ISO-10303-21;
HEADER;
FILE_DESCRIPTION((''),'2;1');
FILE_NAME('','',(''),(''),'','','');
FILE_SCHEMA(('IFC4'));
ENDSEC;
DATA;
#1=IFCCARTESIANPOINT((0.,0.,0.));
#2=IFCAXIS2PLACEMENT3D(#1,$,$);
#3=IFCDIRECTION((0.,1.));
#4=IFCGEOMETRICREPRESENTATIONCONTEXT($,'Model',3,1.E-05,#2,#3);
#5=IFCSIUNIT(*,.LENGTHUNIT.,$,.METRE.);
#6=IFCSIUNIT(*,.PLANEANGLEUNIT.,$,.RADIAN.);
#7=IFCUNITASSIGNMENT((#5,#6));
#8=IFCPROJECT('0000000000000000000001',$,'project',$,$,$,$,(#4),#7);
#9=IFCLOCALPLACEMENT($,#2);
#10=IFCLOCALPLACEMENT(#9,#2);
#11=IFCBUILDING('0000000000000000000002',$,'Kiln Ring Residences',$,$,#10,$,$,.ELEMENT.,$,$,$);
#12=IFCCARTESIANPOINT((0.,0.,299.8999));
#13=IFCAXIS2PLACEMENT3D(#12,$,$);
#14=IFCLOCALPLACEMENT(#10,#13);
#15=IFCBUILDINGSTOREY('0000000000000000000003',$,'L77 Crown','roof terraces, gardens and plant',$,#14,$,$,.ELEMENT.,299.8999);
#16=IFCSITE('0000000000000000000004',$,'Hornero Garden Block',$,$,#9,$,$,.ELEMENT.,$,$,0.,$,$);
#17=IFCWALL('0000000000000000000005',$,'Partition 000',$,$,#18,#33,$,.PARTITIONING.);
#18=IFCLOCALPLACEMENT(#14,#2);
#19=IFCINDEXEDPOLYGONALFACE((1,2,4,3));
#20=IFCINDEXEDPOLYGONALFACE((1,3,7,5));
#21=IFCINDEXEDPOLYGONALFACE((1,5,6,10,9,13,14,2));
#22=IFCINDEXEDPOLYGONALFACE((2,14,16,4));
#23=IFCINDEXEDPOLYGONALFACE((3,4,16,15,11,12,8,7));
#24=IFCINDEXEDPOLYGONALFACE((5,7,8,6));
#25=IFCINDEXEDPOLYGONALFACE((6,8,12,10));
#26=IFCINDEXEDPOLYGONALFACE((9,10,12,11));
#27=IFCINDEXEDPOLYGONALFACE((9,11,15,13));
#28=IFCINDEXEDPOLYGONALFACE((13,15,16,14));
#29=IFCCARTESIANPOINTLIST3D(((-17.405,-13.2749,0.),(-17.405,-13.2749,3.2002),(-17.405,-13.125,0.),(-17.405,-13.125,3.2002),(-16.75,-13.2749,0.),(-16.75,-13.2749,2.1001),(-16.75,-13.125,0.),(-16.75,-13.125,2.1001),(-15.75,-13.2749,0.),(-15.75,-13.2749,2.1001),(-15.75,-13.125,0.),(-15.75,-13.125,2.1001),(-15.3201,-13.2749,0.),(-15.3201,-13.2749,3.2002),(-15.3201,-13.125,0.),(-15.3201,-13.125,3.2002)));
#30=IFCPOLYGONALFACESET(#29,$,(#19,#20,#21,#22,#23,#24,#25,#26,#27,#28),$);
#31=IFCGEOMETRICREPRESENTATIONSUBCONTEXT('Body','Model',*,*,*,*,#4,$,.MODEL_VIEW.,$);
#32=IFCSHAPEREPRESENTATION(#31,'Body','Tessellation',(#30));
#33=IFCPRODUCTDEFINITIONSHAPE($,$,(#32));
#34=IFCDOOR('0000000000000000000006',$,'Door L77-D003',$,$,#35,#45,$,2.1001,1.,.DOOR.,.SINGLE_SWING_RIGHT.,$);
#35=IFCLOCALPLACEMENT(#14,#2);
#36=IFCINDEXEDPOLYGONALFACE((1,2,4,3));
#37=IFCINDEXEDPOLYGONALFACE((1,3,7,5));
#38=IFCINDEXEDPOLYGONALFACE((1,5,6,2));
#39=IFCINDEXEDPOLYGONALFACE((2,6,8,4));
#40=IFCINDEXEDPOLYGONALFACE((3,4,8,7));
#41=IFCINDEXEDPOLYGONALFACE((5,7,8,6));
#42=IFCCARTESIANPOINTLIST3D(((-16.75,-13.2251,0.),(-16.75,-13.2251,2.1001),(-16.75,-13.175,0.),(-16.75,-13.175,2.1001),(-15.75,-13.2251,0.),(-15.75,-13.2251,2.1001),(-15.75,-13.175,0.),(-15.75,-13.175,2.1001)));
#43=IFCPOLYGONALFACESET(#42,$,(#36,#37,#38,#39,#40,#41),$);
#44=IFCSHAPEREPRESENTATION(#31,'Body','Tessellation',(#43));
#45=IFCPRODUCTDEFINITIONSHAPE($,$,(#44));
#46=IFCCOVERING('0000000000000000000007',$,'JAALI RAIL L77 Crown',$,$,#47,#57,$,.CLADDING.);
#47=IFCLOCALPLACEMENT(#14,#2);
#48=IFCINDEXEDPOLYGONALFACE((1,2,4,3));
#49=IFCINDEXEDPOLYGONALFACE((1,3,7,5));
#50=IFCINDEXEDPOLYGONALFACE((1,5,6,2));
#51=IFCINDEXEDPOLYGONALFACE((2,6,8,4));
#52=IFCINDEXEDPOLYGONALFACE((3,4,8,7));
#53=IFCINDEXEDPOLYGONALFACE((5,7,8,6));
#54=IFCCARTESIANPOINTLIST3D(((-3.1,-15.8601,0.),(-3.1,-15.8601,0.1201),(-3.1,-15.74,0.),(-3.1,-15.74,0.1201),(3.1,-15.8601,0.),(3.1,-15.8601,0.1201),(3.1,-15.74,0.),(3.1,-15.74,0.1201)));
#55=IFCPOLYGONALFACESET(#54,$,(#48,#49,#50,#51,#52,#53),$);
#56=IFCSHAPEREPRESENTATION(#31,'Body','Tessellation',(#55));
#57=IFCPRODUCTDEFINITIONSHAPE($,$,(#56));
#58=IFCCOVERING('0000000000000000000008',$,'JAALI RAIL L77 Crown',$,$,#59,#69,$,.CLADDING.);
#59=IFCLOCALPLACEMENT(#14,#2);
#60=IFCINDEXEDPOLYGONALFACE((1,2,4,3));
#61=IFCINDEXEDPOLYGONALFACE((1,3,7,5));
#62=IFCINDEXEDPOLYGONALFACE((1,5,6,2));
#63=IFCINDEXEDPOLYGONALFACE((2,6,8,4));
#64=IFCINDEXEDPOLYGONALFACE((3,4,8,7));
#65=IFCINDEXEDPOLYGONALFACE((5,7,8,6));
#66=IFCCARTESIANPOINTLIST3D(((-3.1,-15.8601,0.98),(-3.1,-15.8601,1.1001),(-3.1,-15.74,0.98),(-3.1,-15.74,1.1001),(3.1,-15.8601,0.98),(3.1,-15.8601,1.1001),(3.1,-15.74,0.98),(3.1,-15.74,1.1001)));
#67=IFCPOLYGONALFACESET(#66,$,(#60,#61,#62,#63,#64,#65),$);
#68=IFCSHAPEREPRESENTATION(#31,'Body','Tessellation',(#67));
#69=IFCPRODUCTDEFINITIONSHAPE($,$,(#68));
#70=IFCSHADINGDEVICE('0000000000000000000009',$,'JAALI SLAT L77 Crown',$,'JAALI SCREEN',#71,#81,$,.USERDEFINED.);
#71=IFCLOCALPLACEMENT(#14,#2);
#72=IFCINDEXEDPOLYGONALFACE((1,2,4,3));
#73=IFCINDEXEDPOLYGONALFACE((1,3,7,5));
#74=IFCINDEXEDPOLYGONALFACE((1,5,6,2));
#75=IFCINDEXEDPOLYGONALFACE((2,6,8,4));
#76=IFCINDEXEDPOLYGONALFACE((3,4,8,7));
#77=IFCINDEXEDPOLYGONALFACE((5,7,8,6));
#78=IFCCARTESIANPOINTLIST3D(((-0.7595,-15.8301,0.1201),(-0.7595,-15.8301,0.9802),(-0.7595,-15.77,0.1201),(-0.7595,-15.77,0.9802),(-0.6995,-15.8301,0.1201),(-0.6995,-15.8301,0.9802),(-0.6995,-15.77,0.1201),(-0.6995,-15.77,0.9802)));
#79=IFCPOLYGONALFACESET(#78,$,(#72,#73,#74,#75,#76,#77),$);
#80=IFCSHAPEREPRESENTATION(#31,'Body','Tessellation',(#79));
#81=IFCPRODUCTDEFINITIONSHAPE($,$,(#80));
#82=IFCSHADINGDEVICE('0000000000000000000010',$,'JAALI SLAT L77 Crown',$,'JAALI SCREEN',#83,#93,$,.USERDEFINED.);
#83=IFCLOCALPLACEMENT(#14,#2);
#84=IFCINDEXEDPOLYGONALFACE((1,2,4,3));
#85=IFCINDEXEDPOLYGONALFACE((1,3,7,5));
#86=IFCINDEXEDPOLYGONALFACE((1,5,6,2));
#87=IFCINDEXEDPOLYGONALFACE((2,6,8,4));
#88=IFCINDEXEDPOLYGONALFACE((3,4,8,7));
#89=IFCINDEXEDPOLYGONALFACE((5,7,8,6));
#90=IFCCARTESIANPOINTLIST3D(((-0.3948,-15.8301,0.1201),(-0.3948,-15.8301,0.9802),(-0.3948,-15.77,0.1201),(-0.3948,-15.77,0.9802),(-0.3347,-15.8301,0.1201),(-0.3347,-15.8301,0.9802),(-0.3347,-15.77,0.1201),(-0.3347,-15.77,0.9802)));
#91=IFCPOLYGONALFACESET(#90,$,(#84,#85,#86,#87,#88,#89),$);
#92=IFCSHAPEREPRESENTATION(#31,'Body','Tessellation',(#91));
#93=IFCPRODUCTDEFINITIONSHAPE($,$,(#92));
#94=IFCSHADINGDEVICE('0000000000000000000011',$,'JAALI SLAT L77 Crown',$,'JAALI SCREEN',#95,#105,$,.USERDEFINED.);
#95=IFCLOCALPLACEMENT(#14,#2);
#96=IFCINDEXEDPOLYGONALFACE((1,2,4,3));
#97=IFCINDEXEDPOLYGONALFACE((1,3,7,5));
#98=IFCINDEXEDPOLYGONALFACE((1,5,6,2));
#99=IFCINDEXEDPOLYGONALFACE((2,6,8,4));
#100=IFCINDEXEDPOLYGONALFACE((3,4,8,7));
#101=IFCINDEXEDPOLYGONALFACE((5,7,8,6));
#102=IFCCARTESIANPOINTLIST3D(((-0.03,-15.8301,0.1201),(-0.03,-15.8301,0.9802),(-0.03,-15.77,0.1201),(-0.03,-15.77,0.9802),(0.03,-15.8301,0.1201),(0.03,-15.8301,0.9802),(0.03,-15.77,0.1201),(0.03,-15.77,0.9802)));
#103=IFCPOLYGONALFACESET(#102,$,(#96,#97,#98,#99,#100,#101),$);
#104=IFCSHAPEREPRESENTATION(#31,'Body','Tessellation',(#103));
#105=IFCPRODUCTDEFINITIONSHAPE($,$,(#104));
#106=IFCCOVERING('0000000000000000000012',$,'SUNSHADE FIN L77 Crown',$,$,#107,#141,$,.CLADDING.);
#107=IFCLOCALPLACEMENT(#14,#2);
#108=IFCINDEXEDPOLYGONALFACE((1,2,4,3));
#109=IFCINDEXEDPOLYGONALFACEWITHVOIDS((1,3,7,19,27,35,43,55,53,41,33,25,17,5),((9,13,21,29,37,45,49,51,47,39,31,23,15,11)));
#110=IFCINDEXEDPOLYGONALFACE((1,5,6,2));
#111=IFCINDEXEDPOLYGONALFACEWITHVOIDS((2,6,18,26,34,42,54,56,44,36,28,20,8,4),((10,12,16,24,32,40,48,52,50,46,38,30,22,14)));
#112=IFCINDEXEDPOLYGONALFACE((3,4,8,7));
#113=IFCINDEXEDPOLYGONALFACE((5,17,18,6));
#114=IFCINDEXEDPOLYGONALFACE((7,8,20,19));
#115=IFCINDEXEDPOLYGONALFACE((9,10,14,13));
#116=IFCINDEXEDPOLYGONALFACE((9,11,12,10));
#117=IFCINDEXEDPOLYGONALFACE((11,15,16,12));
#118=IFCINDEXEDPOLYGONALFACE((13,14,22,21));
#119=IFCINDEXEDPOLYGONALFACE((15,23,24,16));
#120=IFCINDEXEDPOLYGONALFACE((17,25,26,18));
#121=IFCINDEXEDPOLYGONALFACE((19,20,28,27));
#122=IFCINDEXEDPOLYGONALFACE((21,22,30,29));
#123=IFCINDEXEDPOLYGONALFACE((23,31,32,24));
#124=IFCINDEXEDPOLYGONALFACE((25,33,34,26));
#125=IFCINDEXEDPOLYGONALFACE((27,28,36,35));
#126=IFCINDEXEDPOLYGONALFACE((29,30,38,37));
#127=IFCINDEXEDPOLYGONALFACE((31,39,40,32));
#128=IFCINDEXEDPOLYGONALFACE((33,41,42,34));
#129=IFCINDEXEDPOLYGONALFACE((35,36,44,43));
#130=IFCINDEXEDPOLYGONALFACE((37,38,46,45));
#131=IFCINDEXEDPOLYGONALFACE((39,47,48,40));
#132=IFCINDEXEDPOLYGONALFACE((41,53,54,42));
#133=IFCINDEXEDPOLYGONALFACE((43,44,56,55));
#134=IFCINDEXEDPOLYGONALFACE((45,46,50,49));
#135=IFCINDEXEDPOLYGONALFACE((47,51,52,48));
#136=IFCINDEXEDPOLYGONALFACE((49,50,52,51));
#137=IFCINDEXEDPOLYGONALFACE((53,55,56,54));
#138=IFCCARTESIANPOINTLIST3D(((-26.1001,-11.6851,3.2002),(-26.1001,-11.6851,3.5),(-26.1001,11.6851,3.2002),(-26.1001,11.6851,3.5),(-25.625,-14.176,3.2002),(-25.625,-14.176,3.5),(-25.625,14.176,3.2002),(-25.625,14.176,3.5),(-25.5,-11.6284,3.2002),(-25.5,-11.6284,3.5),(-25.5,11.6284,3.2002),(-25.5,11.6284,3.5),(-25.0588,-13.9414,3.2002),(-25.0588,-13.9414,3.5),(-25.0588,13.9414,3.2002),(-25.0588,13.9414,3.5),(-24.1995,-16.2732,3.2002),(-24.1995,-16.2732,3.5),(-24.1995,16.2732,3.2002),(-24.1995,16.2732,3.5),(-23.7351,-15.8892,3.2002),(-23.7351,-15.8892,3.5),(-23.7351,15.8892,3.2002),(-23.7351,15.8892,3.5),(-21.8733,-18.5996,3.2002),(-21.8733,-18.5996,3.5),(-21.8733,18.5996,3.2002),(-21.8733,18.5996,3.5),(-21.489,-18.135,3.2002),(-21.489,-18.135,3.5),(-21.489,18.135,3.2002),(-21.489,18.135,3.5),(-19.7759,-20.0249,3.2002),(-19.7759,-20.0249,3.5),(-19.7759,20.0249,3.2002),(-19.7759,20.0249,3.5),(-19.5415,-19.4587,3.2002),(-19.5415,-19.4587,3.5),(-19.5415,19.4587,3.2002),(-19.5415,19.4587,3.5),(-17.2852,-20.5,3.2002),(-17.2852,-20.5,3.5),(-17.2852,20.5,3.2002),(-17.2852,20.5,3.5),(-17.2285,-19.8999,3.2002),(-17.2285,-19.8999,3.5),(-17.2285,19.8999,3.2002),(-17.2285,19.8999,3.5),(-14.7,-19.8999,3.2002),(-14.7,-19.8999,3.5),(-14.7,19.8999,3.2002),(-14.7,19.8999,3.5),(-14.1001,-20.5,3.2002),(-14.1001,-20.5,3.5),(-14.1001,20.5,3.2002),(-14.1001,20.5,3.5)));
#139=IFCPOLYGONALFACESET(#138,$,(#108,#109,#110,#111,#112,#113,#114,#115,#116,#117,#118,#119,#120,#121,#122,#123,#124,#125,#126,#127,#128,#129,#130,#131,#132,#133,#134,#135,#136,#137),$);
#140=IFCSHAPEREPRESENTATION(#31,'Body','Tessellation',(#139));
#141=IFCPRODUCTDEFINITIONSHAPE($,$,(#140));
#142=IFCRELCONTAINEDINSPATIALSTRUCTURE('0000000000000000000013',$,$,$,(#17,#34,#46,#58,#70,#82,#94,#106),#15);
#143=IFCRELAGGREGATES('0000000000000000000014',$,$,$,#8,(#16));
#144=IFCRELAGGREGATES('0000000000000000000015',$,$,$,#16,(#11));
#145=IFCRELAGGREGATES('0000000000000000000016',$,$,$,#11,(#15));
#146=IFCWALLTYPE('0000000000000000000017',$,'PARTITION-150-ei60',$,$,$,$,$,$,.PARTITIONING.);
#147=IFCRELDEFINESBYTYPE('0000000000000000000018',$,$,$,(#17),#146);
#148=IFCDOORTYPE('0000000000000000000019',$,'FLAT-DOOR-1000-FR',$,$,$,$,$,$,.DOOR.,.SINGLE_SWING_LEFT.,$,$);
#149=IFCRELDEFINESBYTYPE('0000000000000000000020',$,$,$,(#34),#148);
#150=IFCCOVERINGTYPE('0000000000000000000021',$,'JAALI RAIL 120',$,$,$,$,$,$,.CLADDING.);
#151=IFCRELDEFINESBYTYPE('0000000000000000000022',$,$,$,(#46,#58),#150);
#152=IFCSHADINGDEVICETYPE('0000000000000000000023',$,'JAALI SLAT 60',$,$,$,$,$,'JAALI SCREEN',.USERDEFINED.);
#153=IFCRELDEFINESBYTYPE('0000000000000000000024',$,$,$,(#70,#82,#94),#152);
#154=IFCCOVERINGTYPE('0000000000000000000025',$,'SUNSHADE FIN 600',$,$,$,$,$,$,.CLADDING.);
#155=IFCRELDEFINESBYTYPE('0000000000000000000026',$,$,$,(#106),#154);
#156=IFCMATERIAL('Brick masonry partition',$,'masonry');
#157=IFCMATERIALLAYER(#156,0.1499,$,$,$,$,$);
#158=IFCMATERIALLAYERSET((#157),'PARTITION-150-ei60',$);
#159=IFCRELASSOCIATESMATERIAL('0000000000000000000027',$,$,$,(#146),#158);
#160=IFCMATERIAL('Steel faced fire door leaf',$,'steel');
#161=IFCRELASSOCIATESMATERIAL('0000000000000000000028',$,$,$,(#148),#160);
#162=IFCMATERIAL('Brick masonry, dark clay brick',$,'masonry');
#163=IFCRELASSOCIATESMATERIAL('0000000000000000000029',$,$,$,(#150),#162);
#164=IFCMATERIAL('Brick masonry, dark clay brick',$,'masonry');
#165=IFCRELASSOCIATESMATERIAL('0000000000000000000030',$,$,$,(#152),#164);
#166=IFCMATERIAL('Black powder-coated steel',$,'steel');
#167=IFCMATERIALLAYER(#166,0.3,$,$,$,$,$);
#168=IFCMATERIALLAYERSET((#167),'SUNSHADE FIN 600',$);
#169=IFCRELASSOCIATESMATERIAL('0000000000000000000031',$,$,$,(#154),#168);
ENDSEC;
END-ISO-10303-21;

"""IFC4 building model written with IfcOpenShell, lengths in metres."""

from ifc_helpers import new_model, si_unit, direction, frame, frame_2d, origin, origin_2d, place, context, subcontext, project, spatial, polyline, rectangle, outline, extrude, material, layer, layer_set, type_object, element, fill, save


model = new_model("IFC4")

# Units and contexts
model_context = context("Model", 3, precision=1e-05, world=origin(), true_north=direction((0.0, 1.0)))
body_context = subcontext(model_context, "Body", "Model", "MODEL_VIEW")
ifc_project = project(units=[si_unit("LENGTHUNIT", "METRE"), si_unit("PLANEANGLEUNIT", "RADIAN")], contexts=[model_context])

# Site, building, storey
site_placement = place(None, origin())
site = spatial("IfcSite", under=ifc_project, at=site_placement, Name="Hornero Garden Block", CompositionType="ELEMENT", RefElevation=0.0)
building_placement = place(site_placement, origin())
building = spatial("IfcBuilding", under=site, at=building_placement, Name="Kiln Ring Residences", CompositionType="ELEMENT")
storey_placement = place(building_placement, frame((0.0, 0.0, 299.8999)))
storey = spatial("IfcBuildingStorey", under=building, at=storey_placement, Name="L77 Crown", Description="roof terraces, gardens and plant", CompositionType="ELEMENT", Elevation=299.8999)

# Wall, opening, door
ifc_material_1 = material(Name="Brick masonry partition", Category="masonry")
ifc_layer_1 = layer(ifc_material_1, 0.1499)
ifc_layer_set_1 = layer_set([ifc_layer_1], Name="PARTITION-150-ei60")
wall_type_1 = type_object("IfcWallType", Name="PARTITION-150-ei60", PredefinedType="PARTITIONING", material=ifc_layer_set_1)
wall_1_placement = place(storey_placement, frame((-17.405, -13.2, 0.0), z_axis=(0.0, 0.0, 1.0), x_axis=(1.0, 0.0, 0.0)))
wall_1 = element("IfcWall", 1, at=wall_1_placement, inside=storey, type_object=wall_type_1, Name="Partition 000", PredefinedType="PARTITIONING", context=body_context, shape_type="SweptSolid", body=[
    extrude(rectangle(XDim=2.085, YDim=0.1499, at=frame_2d((1.0425, 0.0))), origin(), (0.0, 0.0, 1.0), 3.2002),
])
opening_1_placement = place(wall_1_placement, frame((0.655, 0.0, 0.0)))
opening_1 = element("IfcOpeningElement", 2, at=opening_1_placement, cuts=wall_1, PredefinedType="OPENING", context=body_context, shape_type="SweptSolid", body=[
    extrude(rectangle(XDim=1.0, YDim=2.1001, at=frame_2d((0.5, 1.05))), frame((0.0, 0.085, 0.0), z_axis=(0.0, -1.0, 0.0), x_axis=(1.0, 0.0, 0.0)), (0.0, 0.0, 1.0), 0.1699),
])
ifc_material_2 = material(Name="Steel faced fire door leaf", Category="steel")
door_type_1 = type_object("IfcDoorType", Name="FLAT-DOOR-1000-FR", OperationType="SINGLE_SWING_LEFT", PredefinedType="DOOR", material=ifc_material_2)
door_1_placement = place(opening_1_placement, origin())
door_1 = element("IfcDoor", 3, at=door_1_placement, inside=storey, type_object=door_type_1, Name="Door L77-D003", OperationType="SINGLE_SWING_RIGHT", OverallHeight=2.1001, OverallWidth=1.0, PredefinedType="DOOR", context=body_context, shape_type="SweptSolid", body=[
    extrude(rectangle(XDim=1.0, YDim=2.1001, at=frame_2d((0.5, 1.05))), frame((0.0, 0.0249, 0.0), z_axis=(0.0, -1.0, 0.0), x_axis=(1.0, 0.0, 0.0)), (0.0, 0.0, 1.0), 0.05),
])
fill(opening_1, door_1)

# Coverings
ifc_material_3 = material(Name="Brick masonry, dark clay brick", Category="masonry")
covering_type_1 = type_object("IfcCoveringType", Name="JAALI RAIL 120", PredefinedType="CLADDING", material=ifc_material_3)
for number, where, z_axis, x_axis, name in (
    (4, (0.0, -15.8, 0.0), (0.0, 0.0, 1.0), (1.0, 0.0, 0.0), "JAALI RAIL L77 Crown"),
    (5, (0.0, -15.8, 0.98), (0.0, 0.0, 1.0), (1.0, 0.0, 0.0), "JAALI RAIL L77 Crown"),
):
    element("IfcCovering", number, at=place(storey_placement, frame(where, z_axis=z_axis, x_axis=x_axis)), inside=storey, type_object=covering_type_1, Name=name, PredefinedType="CLADDING", context=body_context, shape_type="SweptSolid", body=[
        extrude(rectangle(XDim=6.2, YDim=0.1201, at=origin_2d()), origin(), (0.0, 0.0, 1.0), 0.1201),
    ])

# Shading devices
ifc_material_4 = material(Name="Brick masonry, dark clay brick", Category="masonry")
shading_device_type = type_object("IfcShadingDeviceType", Name="JAALI SLAT 60", ElementType="JAALI SCREEN", PredefinedType="USERDEFINED", material=ifc_material_4)
for number, where, z_axis, x_axis, name in (
    (6, (-0.7295, -15.8, 0.1201), (0.0, 0.0, 1.0), (1.0, 0.0, 0.0), "JAALI SLAT L77 Crown"),
    (7, (-0.3647, -15.8, 0.1201), (0.0, 0.0, 1.0), (1.0, 0.0, 0.0), "JAALI SLAT L77 Crown"),
    (8, (0.0, -15.8, 0.1201), (0.0, 0.0, 1.0), (1.0, 0.0, 0.0), "JAALI SLAT L77 Crown"),
):
    element("IfcShadingDevice", number, at=place(storey_placement, frame(where, z_axis=z_axis, x_axis=x_axis)), inside=storey, type_object=shading_device_type, Name=name, ObjectType="JAALI SCREEN", PredefinedType="USERDEFINED", context=body_context, shape_type="SweptSolid", body=[
        extrude(rectangle(XDim=0.0601, YDim=0.0601, at=origin_2d()), origin(), (0.0, 0.0, 1.0), 0.8601),
    ])

# Covering
ifc_material_5 = material(Name="Black powder-coated steel", Category="steel")
ifc_layer_2 = layer(ifc_material_5, 0.3)
ifc_layer_set_2 = layer_set([ifc_layer_2], Name="SUNSHADE FIN 600")
covering_type_2 = type_object("IfcCoveringType", Name="SUNSHADE FIN 600", PredefinedType="CLADDING", material=ifc_layer_set_2)
covering_placement = place(storey_placement, frame((0.0, 0.0, 3.2002)))
element("IfcCovering", 9, at=covering_placement, inside=storey, type_object=covering_type_2, Name="SUNSHADE FIN L77 Crown", PredefinedType="CLADDING", context=body_context, shape_type="SweptSolid", body=[
    extrude(outline(polyline([(-24.1995, -16.2732), (-21.8733, -18.5996), (-19.7759, -20.0249), (-17.2852, -20.5), (-14.1001, -20.5), (-14.1001, 20.5), (-17.2852, 20.5), (-19.7759, 20.0249), (-21.8733, 18.5996), (-24.1995, 16.2732), (-25.625, 14.176), (-26.1001, 11.6851), (-26.1001, -11.6851), (-25.625, -14.176), (-24.1995, -16.2732)]), holes=[polyline([(-19.5415, -19.4587), (-21.489, -18.135), (-23.7351, -15.8892), (-25.0588, -13.9414), (-25.5, -11.6284), (-25.5, 11.6284), (-25.0588, 13.9414), (-23.7351, 15.8892), (-21.489, 18.135), (-19.5415, 19.4587), (-17.2285, 19.8999), (-14.7, 19.8999), (-14.7, -19.8999), (-17.2285, -19.8999), (-19.5415, -19.4587)])]), origin(), (0.0, 0.0, 1.0), 0.2998),
])

save(model, "model.ifc")
